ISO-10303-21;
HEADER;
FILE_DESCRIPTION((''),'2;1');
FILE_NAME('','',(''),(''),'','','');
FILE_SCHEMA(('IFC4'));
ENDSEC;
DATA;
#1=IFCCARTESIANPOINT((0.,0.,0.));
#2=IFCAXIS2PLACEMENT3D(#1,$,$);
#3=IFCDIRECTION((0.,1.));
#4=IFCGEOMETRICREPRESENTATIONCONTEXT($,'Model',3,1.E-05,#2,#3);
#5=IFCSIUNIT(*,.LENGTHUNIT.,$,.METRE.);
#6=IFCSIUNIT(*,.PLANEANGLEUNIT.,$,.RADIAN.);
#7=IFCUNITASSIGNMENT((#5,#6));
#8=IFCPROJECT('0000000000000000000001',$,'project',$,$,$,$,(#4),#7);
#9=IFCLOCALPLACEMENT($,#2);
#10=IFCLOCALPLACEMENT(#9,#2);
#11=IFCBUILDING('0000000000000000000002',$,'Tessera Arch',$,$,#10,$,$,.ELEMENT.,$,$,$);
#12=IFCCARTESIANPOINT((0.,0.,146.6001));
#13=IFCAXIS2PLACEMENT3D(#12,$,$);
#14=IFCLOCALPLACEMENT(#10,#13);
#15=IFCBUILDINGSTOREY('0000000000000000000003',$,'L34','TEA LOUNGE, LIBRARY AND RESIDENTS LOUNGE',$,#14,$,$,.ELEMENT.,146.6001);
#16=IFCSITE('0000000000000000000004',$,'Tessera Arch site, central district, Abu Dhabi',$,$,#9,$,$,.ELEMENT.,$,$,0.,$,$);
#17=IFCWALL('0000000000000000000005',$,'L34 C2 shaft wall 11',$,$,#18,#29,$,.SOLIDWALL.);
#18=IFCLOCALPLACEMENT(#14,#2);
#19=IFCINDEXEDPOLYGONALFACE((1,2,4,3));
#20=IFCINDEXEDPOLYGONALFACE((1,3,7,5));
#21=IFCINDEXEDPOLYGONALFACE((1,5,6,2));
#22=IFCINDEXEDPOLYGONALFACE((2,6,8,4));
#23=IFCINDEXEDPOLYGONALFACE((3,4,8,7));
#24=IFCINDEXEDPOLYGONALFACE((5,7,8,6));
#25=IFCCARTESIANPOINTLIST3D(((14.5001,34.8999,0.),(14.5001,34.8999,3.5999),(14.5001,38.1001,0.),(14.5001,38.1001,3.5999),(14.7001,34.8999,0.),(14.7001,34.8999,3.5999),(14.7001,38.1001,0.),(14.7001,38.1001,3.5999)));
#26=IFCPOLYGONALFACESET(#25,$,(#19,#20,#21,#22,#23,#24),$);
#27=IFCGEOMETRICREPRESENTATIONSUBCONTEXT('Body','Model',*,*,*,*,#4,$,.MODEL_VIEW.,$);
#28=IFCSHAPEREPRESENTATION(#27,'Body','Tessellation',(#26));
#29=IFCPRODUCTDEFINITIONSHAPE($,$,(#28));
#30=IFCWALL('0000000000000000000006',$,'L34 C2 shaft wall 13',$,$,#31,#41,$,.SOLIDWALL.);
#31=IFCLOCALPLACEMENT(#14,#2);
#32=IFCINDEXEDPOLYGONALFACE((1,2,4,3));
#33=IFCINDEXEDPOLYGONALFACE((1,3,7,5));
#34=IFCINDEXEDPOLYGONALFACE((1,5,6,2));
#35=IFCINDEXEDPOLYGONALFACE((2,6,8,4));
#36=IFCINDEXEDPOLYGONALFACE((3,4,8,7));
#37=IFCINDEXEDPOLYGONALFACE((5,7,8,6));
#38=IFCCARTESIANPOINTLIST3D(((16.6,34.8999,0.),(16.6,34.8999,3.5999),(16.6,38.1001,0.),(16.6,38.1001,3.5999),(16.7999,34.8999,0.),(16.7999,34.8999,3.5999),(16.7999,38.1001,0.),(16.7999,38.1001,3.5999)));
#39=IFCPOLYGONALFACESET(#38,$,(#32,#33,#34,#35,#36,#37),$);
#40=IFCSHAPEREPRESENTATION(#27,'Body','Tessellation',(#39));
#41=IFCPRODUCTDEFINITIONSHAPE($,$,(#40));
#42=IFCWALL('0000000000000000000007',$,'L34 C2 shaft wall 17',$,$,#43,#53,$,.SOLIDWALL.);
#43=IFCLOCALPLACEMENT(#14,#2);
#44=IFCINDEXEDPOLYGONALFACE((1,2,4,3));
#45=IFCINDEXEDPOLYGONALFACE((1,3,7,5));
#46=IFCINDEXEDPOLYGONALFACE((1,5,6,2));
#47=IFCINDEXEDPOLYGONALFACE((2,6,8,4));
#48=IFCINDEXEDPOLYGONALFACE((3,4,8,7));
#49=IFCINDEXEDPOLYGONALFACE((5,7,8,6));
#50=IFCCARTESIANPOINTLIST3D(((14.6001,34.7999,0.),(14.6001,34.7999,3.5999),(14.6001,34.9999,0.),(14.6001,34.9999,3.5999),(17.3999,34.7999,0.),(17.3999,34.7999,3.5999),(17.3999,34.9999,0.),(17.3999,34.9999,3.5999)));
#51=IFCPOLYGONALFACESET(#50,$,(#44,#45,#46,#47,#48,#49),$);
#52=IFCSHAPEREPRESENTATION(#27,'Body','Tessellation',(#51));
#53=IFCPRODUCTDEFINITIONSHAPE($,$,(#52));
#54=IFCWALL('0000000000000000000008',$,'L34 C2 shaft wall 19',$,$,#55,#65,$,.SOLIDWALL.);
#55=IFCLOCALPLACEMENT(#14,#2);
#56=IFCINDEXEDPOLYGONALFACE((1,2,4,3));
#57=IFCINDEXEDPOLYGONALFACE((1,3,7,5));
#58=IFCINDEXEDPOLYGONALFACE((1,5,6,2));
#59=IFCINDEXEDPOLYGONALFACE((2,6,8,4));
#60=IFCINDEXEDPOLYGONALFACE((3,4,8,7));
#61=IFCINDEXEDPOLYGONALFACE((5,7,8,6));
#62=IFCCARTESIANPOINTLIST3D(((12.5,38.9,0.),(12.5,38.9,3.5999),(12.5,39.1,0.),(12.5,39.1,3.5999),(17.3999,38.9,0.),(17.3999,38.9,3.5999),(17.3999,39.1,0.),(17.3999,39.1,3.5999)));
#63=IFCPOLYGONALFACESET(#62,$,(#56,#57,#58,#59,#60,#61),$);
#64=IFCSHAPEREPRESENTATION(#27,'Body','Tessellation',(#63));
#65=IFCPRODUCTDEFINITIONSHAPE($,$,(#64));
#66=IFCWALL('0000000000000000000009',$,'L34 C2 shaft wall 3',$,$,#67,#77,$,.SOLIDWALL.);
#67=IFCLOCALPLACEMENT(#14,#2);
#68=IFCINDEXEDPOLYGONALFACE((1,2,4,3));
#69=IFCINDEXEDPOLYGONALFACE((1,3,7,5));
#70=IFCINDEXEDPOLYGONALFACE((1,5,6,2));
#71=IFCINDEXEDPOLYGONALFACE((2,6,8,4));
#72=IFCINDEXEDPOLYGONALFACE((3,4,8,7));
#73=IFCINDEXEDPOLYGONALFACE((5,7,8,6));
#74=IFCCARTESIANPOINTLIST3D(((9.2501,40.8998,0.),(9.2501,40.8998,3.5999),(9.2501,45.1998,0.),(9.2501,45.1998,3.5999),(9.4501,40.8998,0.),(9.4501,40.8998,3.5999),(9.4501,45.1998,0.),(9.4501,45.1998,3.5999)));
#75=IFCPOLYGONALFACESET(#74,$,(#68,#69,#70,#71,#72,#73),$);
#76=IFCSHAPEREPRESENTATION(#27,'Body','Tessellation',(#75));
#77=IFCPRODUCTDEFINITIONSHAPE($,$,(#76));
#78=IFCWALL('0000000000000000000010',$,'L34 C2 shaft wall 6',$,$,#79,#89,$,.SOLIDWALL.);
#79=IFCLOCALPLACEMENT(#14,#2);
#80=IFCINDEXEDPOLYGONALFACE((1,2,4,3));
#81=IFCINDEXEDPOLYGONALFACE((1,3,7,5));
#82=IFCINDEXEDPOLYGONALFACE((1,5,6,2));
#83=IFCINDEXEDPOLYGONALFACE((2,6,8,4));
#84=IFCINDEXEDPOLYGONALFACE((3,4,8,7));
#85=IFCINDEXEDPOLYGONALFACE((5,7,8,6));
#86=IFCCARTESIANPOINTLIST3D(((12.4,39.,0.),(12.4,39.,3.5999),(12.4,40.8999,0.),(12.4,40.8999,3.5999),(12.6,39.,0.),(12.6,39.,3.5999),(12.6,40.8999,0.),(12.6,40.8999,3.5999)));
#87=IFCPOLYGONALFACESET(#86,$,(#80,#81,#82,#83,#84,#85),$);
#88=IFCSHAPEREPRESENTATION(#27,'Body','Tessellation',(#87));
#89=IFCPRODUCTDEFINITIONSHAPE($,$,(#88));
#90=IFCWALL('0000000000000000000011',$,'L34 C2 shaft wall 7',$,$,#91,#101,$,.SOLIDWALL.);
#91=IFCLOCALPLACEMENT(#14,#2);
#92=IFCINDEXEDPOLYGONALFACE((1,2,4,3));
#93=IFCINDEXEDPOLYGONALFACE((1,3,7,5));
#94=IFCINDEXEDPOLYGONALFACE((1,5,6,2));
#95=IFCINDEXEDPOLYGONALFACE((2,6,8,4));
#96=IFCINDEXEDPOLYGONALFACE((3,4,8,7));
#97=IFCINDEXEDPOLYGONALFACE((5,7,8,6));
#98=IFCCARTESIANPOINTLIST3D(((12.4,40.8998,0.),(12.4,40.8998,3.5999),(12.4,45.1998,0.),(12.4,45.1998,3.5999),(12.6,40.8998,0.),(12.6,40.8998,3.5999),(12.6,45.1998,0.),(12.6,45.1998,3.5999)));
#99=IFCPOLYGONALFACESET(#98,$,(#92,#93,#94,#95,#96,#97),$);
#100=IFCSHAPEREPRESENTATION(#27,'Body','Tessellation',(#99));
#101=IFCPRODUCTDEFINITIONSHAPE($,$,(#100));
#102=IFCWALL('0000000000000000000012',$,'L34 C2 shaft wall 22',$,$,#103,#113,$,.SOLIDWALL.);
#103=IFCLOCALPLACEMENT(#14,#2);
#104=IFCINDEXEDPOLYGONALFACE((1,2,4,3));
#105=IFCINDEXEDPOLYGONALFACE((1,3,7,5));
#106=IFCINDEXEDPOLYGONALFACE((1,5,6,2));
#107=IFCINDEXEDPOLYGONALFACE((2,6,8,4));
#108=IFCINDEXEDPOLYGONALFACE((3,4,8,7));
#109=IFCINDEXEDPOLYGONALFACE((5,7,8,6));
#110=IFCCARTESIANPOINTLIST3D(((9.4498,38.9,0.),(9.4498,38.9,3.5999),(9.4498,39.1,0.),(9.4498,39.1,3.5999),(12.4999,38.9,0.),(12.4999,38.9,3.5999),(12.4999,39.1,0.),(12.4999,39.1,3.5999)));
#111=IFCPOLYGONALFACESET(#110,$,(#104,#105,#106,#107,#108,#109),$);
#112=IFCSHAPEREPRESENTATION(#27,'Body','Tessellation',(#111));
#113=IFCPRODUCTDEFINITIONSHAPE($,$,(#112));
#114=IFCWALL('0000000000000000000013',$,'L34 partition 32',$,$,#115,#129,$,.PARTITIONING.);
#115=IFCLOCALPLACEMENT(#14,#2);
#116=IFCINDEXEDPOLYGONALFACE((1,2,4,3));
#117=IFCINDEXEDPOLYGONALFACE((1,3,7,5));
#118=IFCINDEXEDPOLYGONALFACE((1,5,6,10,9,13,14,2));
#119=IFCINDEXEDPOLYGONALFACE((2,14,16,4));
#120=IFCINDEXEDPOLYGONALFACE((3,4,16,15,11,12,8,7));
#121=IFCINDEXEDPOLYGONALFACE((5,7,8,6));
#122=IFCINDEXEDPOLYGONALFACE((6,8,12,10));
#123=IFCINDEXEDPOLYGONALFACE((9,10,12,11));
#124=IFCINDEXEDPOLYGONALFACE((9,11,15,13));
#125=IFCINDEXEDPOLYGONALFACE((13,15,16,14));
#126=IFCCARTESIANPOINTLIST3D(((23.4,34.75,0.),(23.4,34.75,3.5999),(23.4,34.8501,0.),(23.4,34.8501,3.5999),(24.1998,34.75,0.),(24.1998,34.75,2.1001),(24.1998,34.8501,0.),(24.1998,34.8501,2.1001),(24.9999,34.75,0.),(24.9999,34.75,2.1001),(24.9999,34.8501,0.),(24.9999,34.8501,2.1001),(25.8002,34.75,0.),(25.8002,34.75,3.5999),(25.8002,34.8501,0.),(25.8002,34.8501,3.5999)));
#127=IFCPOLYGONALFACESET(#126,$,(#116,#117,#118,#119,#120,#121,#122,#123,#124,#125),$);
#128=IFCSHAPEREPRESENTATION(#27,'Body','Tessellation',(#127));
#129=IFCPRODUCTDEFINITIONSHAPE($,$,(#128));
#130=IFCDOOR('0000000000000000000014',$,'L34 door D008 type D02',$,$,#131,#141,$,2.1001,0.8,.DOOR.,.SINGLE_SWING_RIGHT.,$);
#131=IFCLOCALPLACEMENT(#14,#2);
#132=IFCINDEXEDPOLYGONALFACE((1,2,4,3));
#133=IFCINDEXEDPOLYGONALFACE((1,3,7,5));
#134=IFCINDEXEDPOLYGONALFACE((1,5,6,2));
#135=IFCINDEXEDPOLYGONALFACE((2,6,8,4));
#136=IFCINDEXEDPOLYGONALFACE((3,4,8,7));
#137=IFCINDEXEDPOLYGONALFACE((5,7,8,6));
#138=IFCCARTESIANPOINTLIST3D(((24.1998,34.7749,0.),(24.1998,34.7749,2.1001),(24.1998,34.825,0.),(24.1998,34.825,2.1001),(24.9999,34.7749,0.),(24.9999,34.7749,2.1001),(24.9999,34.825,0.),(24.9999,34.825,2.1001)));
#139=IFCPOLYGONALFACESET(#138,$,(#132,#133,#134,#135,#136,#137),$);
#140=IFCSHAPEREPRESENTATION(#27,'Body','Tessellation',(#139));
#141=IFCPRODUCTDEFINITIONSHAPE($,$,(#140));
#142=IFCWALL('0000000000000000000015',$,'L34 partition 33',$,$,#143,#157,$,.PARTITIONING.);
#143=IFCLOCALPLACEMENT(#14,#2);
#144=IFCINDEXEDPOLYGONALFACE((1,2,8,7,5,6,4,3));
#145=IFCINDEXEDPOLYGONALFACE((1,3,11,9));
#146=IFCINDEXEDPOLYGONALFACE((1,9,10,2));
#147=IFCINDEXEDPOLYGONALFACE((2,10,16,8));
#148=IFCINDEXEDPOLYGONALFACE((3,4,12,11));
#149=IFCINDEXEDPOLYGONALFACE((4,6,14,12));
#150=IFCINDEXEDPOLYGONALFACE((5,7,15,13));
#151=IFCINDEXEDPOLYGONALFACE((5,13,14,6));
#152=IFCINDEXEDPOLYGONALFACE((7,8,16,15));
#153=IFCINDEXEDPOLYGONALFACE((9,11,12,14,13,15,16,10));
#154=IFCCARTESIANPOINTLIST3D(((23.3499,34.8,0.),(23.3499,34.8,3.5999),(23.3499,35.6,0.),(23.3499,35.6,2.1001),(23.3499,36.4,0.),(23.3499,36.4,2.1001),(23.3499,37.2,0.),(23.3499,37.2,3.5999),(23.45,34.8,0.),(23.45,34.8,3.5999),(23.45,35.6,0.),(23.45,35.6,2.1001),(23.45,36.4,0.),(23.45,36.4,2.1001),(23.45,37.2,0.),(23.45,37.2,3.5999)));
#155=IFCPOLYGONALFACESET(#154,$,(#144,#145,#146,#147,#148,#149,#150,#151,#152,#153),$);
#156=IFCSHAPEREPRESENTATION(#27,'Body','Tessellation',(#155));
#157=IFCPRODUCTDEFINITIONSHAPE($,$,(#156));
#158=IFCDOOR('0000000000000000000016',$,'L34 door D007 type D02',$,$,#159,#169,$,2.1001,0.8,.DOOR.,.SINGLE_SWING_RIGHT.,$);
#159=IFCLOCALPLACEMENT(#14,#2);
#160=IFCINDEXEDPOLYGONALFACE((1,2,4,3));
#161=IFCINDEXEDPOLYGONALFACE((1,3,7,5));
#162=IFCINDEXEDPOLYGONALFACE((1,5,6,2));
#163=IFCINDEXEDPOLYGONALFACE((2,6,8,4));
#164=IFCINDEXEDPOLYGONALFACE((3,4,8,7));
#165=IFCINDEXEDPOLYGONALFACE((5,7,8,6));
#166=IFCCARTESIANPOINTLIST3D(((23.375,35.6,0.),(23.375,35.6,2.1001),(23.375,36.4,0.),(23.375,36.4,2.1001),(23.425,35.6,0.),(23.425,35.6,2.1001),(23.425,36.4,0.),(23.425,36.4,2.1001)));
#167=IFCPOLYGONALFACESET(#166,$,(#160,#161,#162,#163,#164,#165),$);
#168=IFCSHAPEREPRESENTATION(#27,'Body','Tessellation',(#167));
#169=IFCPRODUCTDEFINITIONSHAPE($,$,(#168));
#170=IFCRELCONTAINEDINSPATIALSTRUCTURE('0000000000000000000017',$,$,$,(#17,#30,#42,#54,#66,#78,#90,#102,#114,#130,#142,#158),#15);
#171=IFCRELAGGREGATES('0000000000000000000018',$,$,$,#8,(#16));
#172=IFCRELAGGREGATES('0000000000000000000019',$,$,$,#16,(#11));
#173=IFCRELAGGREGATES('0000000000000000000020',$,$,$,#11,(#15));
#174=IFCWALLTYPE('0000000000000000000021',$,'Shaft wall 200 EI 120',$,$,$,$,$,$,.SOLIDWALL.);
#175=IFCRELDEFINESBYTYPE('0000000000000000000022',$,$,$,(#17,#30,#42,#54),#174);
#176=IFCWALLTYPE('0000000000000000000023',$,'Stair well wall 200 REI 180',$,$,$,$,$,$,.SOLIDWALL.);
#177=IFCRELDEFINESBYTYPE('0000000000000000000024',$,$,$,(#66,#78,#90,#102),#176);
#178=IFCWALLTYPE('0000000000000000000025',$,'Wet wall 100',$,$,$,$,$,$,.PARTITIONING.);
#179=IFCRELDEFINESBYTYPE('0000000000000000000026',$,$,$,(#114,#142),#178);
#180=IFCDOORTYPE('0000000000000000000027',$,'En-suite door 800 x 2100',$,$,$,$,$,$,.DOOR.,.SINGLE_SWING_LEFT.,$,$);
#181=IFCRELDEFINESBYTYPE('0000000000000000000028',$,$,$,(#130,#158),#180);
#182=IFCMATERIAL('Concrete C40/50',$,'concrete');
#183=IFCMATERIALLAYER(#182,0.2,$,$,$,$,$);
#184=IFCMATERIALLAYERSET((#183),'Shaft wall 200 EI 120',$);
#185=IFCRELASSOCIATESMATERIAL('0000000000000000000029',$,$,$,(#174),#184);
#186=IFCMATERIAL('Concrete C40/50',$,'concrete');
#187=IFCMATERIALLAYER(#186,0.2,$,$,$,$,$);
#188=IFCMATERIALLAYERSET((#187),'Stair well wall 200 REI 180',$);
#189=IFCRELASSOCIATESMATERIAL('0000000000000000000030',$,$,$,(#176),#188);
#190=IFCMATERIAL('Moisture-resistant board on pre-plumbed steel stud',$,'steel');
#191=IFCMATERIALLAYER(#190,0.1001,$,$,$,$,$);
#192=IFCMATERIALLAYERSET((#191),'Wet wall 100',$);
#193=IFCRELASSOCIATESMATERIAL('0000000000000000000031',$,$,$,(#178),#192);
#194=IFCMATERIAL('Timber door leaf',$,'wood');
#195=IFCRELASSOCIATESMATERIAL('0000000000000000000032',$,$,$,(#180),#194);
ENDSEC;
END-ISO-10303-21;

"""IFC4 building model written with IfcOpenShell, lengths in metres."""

from ifc_helpers import new_model, si_unit, direction, frame, frame_2d, origin, place, context, subcontext, project, spatial, rectangle, extrude, material, layer, layer_set, type_object, element, fill, save


model = new_model("IFC4")

# Units and contexts
model_context = context("Model", 3, precision=1e-05, world=origin(), true_north=direction((0.0, 1.0)))
body_context = subcontext(model_context, "Body", "Model", "MODEL_VIEW")
ifc_project = project(units=[si_unit("LENGTHUNIT", "METRE"), si_unit("PLANEANGLEUNIT", "RADIAN")], contexts=[model_context])

# Site, building, storey
site_placement = place(None, origin())
site = spatial("IfcSite", under=ifc_project, at=site_placement, Name="Tessera Arch site, central district, Abu Dhabi", CompositionType="ELEMENT", RefElevation=0.0)
building_placement = place(site_placement, origin())
building = spatial("IfcBuilding", under=site, at=building_placement, Name="Tessera Arch", CompositionType="ELEMENT")
storey_placement = place(building_placement, frame((0.0, 0.0, 146.6001)))
storey = spatial("IfcBuildingStorey", under=building, at=storey_placement, Name="L34", Description="TEA LOUNGE, LIBRARY AND RESIDENTS LOUNGE", CompositionType="ELEMENT", Elevation=146.6001)

# Walls
ifc_material_1 = material(Name="Concrete C40/50", Category="concrete")
ifc_layer_1 = layer(ifc_material_1, 0.2)
ifc_layer_set_1 = layer_set([ifc_layer_1], Name="Shaft wall 200 EI 120")
wall_type_1 = type_object("IfcWallType", Name="Shaft wall 200 EI 120", PredefinedType="SOLIDWALL", material=ifc_layer_set_1)
for number, where, z_axis, x_axis, name in (
    (1, (14.6001, 34.8999, 0.0), (0.0, 0.0, 1.0), (0.0, 1.0, 0.0), "L34 C2 shaft wall 11"),
    (2, (16.7, 34.8999, 0.0), (0.0, 0.0, 1.0), (0.0, 1.0, 0.0), "L34 C2 shaft wall 13"),
):
    element("IfcWall", number, at=place(storey_placement, frame(where, z_axis=z_axis, x_axis=x_axis)), inside=storey, type_object=wall_type_1, Name=name, PredefinedType="SOLIDWALL", context=body_context, shape_type="SweptSolid", body=[
        extrude(rectangle(XDim=3.2002, YDim=0.2, at=frame_2d((1.6001, 0.0))), origin(), (0.0, 0.0, 1.0), 3.5999),
    ])
wall_1_placement = place(storey_placement, frame((14.6001, 34.8999, 0.0), z_axis=(0.0, 0.0, 1.0), x_axis=(1.0, 0.0, 0.0)))
element("IfcWall", 3, at=wall_1_placement, inside=storey, type_object=wall_type_1, Name="L34 C2 shaft wall 17", PredefinedType="SOLIDWALL", context=body_context, shape_type="SweptSolid", body=[
    extrude(rectangle(XDim=2.7998, YDim=0.2, at=frame_2d((1.3999, 0.0))), origin(), (0.0, 0.0, 1.0), 3.5999),
])
wall_2_placement = place(storey_placement, frame((12.5, 39.0, 0.0), z_axis=(0.0, 0.0, 1.0), x_axis=(1.0, 0.0, 0.0)))
element("IfcWall", 4, at=wall_2_placement, inside=storey, type_object=wall_type_1, Name="L34 C2 shaft wall 19", PredefinedType="SOLIDWALL", context=body_context, shape_type="SweptSolid", body=[
    extrude(rectangle(XDim=4.8999, YDim=0.2, at=frame_2d((2.45, 0.0))), origin(), (0.0, 0.0, 1.0), 3.5999),
])
ifc_material_2 = material(Name="Concrete C40/50", Category="concrete")
ifc_layer_2 = layer(ifc_material_2, 0.2)
ifc_layer_set_2 = layer_set([ifc_layer_2], Name="Stair well wall 200 REI 180")
wall_type_2 = type_object("IfcWallType", Name="Stair well wall 200 REI 180", PredefinedType="SOLIDWALL", material=ifc_layer_set_2)
wall_3_placement = place(storey_placement, frame((9.3501, 40.8999, 0.0), z_axis=(0.0, 0.0, 1.0), x_axis=(0.0, 1.0, 0.0)))
element("IfcWall", 5, at=wall_3_placement, inside=storey, type_object=wall_type_2, Name="L34 C2 shaft wall 3", PredefinedType="SOLIDWALL", context=body_context, shape_type="SweptSolid", body=[
    extrude(rectangle(XDim=4.3, YDim=0.2, at=frame_2d((2.1499, 0.0))), origin(), (0.0, 0.0, 1.0), 3.5999),
])
wall_4_placement = place(storey_placement, frame((12.5, 39.0, 0.0), z_axis=(0.0, 0.0, 1.0), x_axis=(0.0, 1.0, 0.0)))
element("IfcWall", 6, at=wall_4_placement, inside=storey, type_object=wall_type_2, Name="L34 C2 shaft wall 6", PredefinedType="SOLIDWALL", context=body_context, shape_type="SweptSolid", body=[
    extrude(rectangle(XDim=1.8999, YDim=0.2, at=frame_2d((0.95, 0.0))), origin(), (0.0, 0.0, 1.0), 3.5999),
])
wall_5_placement = place(storey_placement, frame((12.5, 40.8999, 0.0), z_axis=(0.0, 0.0, 1.0), x_axis=(0.0, 1.0, 0.0)))
element("IfcWall", 7, at=wall_5_placement, inside=storey, type_object=wall_type_2, Name="L34 C2 shaft wall 7", PredefinedType="SOLIDWALL", context=body_context, shape_type="SweptSolid", body=[
    extrude(rectangle(XDim=4.3, YDim=0.2, at=frame_2d((2.1499, 0.0))), origin(), (0.0, 0.0, 1.0), 3.5999),
])
wall_6_placement = place(storey_placement, frame((9.45, 39.0, 0.0), z_axis=(0.0, 0.0, 1.0), x_axis=(1.0, 0.0, 0.0)))
element("IfcWall", 8, at=wall_6_placement, inside=storey, type_object=wall_type_2, Name="L34 C2 shaft wall 22", PredefinedType="SOLIDWALL", context=body_context, shape_type="SweptSolid", body=[
    extrude(rectangle(XDim=3.05, YDim=0.2, at=frame_2d((1.5249, 0.0))), origin(), (0.0, 0.0, 1.0), 3.5999),
])

# Walls, openings, doors
ifc_material_3 = material(Name="Moisture-resistant board on pre-plumbed steel stud", Category="steel")
ifc_layer_3 = layer(ifc_material_3, 0.1001)
ifc_layer_set_3 = layer_set([ifc_layer_3], Name="Wet wall 100")
wall_type_3 = type_object("IfcWallType", Name="Wet wall 100", PredefinedType="PARTITIONING", material=ifc_layer_set_3)
wall_7_placement = place(storey_placement, frame((23.3999, 34.8, 0.0), z_axis=(0.0, 0.0, 1.0), x_axis=(1.0, 0.0, 0.0)))
wall_7 = element("IfcWall", 9, at=wall_7_placement, inside=storey, type_object=wall_type_3, Name="L34 partition 32", PredefinedType="PARTITIONING", context=body_context, shape_type="SweptSolid", body=[
    extrude(rectangle(XDim=2.4001, YDim=0.1001, at=frame_2d((1.2002, 0.0))), origin(), (0.0, 0.0, 1.0), 3.5999),
])
opening_1_placement = place(wall_7_placement, frame((0.8, 0.0, 0.0)))
opening_1 = element("IfcOpeningElement", 10, at=opening_1_placement, cuts=wall_7, PredefinedType="OPENING", context=body_context, shape_type="SweptSolid", body=[
    extrude(rectangle(XDim=0.8, YDim=2.1001, at=frame_2d((0.3999, 1.05))), frame((0.0, 0.0601, 0.0), z_axis=(0.0, -1.0, 0.0), x_axis=(1.0, 0.0, 0.0)), (0.0, 0.0, 1.0), 0.1201),
])
ifc_material_4 = material(Name="Timber door leaf", Category="wood")
door_type_1 = type_object("IfcDoorType", Name="En-suite door 800 x 2100", OperationType="SINGLE_SWING_LEFT", PredefinedType="DOOR", material=ifc_material_4)
door_1_placement = place(opening_1_placement, origin())
door_1 = element("IfcDoor", 11, at=door_1_placement, inside=storey, type_object=door_type_1, Name="L34 door D008 type D02", OperationType="SINGLE_SWING_RIGHT", OverallHeight=2.1001, OverallWidth=0.8, PredefinedType="DOOR", context=body_context, shape_type="SweptSolid", body=[
    extrude(rectangle(XDim=0.8, YDim=2.1001, at=frame_2d((0.3999, 1.05))), frame((0.0, 0.0249, 0.0), z_axis=(0.0, -1.0, 0.0), x_axis=(1.0, 0.0, 0.0)), (0.0, 0.0, 1.0), 0.05),
])
fill(opening_1, door_1)
wall_8_placement = place(storey_placement, frame((23.3999, 34.8, 0.0), z_axis=(0.0, 0.0, 1.0), x_axis=(0.0, 1.0, 0.0)))
wall_8 = element("IfcWall", 12, at=wall_8_placement, inside=storey, type_object=wall_type_3, Name="L34 partition 33", PredefinedType="PARTITIONING", context=body_context, shape_type="SweptSolid", body=[
    extrude(rectangle(XDim=2.3999, YDim=0.1001, at=frame_2d((1.2, 0.0))), origin(), (0.0, 0.0, 1.0), 3.5999),
])
opening_2_placement = place(wall_8_placement, frame((0.8, 0.0, 0.0)))
opening_2 = element("IfcOpeningElement", 13, at=opening_2_placement, cuts=wall_8, PredefinedType="OPENING", context=body_context, shape_type="SweptSolid", body=[
    extrude(rectangle(XDim=0.8, YDim=2.1001, at=frame_2d((0.3999, 1.05))), frame((0.0, 0.0601, 0.0), z_axis=(0.0, -1.0, 0.0), x_axis=(1.0, 0.0, 0.0)), (0.0, 0.0, 1.0), 0.1201),
])
door_2_placement = place(opening_2_placement, origin())
door_2 = element("IfcDoor", 14, at=door_2_placement, inside=storey, type_object=door_type_1, Name="L34 door D007 type D02", OperationType="SINGLE_SWING_RIGHT", OverallHeight=2.1001, OverallWidth=0.8, PredefinedType="DOOR", context=body_context, shape_type="SweptSolid", body=[
    extrude(rectangle(XDim=0.8, YDim=2.1001, at=frame_2d((0.3999, 1.05))), frame((0.0, 0.0249, 0.0), z_axis=(0.0, -1.0, 0.0), x_axis=(1.0, 0.0, 0.0)), (0.0, 0.0, 1.0), 0.05),
])
fill(opening_2, door_2)

save(model, "model.ifc")
